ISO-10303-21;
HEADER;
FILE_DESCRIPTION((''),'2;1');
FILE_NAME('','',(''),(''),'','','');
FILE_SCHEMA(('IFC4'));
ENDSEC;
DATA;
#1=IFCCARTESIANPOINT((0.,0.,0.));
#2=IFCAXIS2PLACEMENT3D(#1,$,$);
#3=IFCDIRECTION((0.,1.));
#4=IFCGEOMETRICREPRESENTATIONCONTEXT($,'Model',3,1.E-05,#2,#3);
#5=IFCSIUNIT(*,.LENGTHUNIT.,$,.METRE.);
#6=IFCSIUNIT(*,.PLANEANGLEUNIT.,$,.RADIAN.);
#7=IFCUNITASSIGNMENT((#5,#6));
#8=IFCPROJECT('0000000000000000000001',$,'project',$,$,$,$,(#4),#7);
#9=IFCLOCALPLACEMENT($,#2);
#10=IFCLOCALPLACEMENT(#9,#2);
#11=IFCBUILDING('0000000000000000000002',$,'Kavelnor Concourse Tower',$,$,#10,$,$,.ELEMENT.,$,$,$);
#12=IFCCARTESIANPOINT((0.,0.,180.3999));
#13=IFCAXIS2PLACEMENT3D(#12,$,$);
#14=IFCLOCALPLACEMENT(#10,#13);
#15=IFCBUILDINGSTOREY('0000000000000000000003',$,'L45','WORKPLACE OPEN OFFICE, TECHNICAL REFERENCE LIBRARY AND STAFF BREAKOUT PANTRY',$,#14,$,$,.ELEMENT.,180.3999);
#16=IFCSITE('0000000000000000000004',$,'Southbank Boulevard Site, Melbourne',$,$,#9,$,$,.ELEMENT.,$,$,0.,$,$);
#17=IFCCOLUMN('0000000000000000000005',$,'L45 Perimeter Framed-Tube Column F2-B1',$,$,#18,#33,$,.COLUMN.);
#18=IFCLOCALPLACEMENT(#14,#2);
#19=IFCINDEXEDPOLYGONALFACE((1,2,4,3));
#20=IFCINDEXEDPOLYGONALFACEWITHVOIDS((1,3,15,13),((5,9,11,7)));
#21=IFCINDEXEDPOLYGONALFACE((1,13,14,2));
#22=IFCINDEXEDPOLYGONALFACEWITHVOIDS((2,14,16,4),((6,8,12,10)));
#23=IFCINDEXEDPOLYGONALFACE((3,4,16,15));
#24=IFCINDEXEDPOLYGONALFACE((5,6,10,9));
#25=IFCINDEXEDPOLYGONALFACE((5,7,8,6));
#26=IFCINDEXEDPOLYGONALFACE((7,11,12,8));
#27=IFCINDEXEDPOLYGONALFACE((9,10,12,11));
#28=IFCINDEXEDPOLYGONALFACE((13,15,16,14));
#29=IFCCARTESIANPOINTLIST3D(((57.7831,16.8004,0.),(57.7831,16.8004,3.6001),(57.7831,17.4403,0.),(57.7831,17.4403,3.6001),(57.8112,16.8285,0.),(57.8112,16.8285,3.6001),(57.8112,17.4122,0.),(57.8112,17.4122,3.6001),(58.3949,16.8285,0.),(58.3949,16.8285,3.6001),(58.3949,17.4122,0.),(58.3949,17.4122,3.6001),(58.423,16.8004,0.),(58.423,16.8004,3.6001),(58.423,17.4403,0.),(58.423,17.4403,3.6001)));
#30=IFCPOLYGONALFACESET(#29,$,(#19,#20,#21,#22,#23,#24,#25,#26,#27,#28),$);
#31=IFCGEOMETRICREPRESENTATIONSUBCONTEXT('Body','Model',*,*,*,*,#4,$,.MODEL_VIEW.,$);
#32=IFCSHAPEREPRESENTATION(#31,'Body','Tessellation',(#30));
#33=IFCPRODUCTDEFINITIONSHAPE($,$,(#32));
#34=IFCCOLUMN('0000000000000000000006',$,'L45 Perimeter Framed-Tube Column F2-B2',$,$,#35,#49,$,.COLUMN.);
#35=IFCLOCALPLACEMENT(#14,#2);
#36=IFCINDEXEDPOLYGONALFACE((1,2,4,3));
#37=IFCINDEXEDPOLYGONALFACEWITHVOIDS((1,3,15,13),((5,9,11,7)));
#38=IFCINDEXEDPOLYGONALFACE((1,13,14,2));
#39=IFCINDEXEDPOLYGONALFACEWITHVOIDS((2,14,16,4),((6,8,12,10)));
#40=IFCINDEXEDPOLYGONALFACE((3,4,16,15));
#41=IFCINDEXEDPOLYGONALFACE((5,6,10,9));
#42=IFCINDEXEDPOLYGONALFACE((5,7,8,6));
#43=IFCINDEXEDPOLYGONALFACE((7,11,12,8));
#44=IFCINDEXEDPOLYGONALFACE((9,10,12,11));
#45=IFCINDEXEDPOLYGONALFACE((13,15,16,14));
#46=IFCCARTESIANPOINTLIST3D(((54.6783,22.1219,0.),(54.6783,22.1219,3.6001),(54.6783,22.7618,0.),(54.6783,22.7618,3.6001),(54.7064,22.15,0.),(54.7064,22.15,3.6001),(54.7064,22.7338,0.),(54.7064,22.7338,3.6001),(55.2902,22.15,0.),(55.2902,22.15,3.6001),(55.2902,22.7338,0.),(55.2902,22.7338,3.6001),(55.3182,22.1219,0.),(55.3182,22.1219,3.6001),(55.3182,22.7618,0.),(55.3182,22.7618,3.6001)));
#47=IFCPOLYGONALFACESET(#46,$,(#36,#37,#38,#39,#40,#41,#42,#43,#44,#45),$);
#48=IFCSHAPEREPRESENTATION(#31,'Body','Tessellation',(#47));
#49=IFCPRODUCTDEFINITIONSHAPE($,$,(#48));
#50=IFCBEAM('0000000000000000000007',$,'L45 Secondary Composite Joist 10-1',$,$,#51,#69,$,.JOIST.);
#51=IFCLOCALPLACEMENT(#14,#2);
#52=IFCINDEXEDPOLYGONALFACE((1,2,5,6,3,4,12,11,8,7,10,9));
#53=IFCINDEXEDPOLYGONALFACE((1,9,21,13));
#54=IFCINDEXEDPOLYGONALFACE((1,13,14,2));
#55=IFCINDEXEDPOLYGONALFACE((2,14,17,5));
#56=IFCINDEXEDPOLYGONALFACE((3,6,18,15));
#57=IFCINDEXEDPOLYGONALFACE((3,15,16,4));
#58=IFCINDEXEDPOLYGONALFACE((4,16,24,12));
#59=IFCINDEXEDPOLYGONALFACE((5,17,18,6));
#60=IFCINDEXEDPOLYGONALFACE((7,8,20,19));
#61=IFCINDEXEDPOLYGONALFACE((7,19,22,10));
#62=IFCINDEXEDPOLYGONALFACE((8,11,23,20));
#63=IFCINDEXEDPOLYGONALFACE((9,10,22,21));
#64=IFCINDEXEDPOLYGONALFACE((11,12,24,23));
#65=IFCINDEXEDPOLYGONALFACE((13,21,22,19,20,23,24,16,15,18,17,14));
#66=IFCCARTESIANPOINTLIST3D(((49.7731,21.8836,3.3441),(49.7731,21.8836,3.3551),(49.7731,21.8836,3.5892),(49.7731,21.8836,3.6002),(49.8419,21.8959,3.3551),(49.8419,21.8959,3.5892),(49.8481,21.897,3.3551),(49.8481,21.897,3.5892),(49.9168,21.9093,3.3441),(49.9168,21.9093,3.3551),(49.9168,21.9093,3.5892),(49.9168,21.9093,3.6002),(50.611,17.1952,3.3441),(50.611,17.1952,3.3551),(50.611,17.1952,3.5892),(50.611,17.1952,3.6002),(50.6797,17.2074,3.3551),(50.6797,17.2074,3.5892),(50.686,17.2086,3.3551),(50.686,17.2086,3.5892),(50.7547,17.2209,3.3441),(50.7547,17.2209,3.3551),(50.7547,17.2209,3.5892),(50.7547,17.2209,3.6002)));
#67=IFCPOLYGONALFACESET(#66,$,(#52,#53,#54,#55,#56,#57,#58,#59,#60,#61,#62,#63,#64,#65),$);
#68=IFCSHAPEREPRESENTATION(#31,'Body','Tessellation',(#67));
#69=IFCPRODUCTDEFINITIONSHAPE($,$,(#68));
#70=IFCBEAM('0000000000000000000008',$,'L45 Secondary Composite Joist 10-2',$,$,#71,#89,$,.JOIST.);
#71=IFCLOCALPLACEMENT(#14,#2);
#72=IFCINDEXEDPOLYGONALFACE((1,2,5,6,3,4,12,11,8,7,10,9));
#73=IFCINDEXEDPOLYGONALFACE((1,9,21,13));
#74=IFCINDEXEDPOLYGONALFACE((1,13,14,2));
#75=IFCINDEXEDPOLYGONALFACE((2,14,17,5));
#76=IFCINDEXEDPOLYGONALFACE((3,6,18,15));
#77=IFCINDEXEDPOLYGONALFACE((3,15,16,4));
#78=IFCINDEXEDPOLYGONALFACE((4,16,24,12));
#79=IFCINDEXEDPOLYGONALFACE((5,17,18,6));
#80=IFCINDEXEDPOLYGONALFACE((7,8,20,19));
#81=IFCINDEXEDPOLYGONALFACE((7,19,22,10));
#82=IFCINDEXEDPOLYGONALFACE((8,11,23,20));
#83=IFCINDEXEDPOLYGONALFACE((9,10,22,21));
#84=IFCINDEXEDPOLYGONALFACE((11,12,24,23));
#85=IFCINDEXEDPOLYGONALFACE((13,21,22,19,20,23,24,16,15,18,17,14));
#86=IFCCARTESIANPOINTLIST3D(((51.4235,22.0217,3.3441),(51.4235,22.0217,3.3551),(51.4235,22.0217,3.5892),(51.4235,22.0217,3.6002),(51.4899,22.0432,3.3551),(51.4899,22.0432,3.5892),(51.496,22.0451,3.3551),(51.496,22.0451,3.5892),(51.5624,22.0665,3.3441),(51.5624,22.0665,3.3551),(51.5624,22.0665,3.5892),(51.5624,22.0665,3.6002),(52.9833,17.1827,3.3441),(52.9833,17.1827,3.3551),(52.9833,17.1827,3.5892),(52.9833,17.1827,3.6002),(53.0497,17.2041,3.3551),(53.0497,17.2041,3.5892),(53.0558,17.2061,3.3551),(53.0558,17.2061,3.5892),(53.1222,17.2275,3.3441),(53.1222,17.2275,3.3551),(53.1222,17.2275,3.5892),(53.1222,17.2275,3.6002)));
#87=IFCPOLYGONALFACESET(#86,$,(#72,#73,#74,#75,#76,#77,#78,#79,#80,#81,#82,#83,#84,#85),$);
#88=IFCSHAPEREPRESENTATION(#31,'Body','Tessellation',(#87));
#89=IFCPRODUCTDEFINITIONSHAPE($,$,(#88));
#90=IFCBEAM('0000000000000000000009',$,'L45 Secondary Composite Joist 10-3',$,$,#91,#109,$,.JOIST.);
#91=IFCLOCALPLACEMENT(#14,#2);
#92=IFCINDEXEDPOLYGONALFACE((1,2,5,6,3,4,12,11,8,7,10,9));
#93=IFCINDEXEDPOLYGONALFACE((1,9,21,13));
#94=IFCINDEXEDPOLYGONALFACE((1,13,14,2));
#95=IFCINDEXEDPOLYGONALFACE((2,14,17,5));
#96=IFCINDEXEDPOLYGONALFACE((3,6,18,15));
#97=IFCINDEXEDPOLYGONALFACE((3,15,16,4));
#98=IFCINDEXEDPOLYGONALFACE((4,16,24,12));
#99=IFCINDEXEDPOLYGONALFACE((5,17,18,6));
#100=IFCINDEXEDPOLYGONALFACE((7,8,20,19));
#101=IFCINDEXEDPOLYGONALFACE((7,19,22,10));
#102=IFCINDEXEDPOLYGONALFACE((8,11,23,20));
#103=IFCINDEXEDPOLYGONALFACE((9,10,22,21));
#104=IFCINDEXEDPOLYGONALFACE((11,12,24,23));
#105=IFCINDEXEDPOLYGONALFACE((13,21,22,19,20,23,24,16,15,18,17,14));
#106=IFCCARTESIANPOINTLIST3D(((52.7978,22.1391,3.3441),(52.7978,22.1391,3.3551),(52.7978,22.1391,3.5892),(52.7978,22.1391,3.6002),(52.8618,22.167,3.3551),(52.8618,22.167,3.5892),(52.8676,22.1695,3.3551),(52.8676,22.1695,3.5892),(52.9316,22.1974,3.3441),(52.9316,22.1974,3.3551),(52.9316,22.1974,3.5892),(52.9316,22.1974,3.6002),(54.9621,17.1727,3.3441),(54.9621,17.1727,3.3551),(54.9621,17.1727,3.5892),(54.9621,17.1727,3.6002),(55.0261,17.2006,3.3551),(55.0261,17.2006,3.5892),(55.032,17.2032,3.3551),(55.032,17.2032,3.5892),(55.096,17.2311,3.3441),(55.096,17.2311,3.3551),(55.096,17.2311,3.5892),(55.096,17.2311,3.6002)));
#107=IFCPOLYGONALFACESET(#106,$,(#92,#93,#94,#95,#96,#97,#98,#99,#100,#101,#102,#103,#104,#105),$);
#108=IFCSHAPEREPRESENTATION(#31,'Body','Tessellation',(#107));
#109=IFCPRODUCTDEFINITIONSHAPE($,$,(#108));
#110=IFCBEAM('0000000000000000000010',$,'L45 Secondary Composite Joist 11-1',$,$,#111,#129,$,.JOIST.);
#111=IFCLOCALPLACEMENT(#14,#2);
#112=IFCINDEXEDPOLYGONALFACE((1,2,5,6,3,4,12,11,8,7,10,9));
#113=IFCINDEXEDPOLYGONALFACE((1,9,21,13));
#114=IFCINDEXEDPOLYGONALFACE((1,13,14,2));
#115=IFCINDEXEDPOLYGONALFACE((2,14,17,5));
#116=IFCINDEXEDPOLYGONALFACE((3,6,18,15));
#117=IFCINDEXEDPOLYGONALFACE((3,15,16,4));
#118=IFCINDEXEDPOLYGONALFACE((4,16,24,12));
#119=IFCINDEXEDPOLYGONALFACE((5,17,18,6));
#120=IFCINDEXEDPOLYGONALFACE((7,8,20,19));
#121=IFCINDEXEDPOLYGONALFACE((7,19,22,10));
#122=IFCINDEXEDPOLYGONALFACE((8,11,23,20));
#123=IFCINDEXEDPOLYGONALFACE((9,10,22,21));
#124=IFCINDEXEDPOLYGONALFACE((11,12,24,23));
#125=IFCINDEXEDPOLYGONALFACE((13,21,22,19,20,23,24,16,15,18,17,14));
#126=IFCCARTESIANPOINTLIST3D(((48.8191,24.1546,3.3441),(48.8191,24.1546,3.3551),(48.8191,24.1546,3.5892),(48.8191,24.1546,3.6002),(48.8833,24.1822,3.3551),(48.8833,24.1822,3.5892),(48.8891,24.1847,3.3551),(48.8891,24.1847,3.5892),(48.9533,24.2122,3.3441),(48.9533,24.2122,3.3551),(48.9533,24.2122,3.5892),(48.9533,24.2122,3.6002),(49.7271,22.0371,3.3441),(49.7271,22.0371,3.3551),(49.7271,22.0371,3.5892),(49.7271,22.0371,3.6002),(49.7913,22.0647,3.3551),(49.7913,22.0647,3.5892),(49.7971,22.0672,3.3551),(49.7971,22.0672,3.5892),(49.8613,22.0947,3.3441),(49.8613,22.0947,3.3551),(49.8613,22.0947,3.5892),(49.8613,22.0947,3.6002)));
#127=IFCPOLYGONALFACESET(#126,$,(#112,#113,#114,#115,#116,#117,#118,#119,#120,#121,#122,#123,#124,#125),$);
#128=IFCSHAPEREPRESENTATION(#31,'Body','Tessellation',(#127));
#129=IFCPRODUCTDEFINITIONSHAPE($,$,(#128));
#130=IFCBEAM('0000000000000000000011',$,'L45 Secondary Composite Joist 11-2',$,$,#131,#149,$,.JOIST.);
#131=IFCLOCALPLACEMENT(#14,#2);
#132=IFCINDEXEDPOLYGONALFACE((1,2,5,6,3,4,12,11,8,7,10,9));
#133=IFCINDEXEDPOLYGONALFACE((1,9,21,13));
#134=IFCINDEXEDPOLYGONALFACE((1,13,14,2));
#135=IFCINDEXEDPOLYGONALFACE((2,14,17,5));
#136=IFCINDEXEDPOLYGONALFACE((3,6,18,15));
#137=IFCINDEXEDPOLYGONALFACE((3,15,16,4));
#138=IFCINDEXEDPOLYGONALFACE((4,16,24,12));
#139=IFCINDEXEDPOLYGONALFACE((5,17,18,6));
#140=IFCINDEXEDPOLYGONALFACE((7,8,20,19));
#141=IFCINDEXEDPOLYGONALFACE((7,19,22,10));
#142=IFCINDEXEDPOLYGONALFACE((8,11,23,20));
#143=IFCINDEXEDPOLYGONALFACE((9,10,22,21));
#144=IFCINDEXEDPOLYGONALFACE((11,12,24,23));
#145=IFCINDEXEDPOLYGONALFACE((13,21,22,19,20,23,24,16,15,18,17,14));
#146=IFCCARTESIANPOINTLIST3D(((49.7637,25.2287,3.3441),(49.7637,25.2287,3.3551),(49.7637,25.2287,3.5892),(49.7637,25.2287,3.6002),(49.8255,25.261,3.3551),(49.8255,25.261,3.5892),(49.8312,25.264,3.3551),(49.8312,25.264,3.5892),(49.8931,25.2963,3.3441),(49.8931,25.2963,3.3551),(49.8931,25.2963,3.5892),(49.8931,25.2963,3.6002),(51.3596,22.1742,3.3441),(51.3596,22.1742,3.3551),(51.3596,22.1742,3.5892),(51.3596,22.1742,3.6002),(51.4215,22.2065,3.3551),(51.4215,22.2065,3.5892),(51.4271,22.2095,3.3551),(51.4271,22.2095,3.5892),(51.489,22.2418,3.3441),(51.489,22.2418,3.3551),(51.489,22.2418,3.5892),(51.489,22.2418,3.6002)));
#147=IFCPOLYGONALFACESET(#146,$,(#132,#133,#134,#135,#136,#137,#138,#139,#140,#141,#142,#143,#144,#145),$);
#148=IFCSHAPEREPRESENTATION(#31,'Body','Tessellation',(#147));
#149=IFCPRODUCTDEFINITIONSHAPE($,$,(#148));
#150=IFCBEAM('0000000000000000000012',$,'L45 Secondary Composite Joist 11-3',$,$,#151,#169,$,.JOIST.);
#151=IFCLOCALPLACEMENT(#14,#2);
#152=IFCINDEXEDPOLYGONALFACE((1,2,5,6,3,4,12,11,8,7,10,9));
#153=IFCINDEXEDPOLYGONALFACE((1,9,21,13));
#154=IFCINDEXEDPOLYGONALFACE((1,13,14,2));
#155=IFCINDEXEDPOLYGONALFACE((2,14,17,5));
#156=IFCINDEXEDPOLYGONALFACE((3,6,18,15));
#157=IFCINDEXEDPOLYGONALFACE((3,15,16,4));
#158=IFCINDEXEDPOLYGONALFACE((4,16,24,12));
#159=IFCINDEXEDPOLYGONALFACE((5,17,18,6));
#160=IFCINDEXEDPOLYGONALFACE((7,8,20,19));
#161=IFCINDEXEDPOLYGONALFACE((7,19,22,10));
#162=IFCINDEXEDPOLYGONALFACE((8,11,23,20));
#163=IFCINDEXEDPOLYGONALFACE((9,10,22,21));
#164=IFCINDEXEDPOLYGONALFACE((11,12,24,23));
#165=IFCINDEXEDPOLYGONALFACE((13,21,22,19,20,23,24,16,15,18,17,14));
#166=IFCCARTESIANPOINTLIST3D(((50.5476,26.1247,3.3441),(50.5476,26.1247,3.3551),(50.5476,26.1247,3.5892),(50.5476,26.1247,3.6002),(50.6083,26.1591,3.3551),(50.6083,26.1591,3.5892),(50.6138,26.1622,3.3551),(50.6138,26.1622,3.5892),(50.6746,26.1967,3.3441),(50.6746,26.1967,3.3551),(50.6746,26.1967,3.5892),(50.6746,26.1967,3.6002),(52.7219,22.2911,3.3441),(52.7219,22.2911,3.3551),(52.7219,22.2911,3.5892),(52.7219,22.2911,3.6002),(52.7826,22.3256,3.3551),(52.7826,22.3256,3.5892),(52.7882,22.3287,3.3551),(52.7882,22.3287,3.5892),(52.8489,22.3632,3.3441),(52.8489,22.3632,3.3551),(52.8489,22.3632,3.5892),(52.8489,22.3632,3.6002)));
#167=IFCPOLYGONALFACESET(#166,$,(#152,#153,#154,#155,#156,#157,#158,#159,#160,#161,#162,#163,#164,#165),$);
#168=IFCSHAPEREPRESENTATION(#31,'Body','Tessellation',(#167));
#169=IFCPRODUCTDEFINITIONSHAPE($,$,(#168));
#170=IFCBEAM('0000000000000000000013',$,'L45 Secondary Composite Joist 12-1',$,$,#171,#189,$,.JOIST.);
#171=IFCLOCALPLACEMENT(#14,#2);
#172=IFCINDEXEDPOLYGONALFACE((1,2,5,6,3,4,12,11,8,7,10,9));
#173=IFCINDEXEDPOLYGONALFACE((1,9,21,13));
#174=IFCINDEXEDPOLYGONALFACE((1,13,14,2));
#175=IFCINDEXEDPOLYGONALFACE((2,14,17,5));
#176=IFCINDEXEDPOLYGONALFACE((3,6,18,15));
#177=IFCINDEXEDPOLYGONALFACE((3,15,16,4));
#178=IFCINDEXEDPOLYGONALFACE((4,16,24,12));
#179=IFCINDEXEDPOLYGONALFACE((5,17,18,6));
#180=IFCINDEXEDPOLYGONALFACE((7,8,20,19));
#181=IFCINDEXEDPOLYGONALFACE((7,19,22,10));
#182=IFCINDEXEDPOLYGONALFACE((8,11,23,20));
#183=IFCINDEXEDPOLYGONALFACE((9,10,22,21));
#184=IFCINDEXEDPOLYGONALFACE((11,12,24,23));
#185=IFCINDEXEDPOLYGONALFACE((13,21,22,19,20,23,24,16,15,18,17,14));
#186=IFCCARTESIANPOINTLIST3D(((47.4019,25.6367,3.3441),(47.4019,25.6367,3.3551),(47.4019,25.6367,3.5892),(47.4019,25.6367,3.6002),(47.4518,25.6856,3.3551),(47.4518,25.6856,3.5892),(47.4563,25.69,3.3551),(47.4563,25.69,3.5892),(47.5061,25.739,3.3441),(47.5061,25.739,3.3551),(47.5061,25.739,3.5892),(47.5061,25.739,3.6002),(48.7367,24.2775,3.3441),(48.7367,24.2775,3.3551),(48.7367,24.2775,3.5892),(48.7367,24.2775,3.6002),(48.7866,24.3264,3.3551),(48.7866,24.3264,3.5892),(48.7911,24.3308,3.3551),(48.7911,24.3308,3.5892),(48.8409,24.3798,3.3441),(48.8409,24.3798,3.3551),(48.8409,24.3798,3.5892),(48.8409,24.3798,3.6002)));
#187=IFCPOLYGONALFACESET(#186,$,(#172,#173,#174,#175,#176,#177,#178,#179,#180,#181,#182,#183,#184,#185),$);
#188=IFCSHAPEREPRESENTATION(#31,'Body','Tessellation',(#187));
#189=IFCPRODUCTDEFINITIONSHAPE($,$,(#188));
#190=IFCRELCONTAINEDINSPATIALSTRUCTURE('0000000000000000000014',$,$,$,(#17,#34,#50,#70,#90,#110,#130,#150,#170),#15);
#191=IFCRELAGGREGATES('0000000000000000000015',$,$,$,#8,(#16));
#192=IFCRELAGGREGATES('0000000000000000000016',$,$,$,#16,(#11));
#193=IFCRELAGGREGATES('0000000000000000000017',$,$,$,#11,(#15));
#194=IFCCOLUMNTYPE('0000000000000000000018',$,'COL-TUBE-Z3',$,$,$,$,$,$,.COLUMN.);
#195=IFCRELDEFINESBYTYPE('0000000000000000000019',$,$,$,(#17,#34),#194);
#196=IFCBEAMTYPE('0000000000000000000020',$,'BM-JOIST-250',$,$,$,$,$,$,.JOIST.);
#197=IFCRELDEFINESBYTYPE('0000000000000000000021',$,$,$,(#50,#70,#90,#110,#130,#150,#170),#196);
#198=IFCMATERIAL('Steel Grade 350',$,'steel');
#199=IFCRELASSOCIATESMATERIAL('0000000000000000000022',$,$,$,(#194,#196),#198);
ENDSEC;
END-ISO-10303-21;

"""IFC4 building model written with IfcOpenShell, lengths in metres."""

from ifc_helpers import new_model, si_unit, direction, frame, origin, origin_2d, place, context, subcontext, project, spatial, hollow_rectangle, i_section, extrude, material, material_profile, profile_set, type_object, element, save


model = new_model("IFC4")

# Units and contexts
model_context = context("Model", 3, precision=1e-05, world=origin(), true_north=direction((0.0, 1.0)))
body_context = subcontext(model_context, "Body", "Model", "MODEL_VIEW")
ifc_project = project(units=[si_unit("LENGTHUNIT", "METRE"), si_unit("PLANEANGLEUNIT", "RADIAN")], contexts=[model_context])

# Site, building, storey
site_placement = place(None, origin())
site = spatial("IfcSite", under=ifc_project, at=site_placement, Name="Southbank Boulevard Site, Melbourne", CompositionType="ELEMENT", RefElevation=0.0)
building_placement = place(site_placement, origin())
building = spatial("IfcBuilding", under=site, at=building_placement, Name="Kavelnor Concourse Tower", CompositionType="ELEMENT")
storey_placement = place(building_placement, frame((0.0, 0.0, 180.3999)))
storey = spatial("IfcBuildingStorey", under=building, at=storey_placement, Name="L45", Description="WORKPLACE OPEN OFFICE, TECHNICAL REFERENCE LIBRARY AND STAFF BREAKOUT PANTRY", CompositionType="ELEMENT", Elevation=180.3999)

# Columns
ifc_material_1 = material(Name="Steel Grade 350", Category="steel")
ifc_material_profile_1 = material_profile(ifc_material_1, hollow_rectangle(XDim=0.6399, YDim=0.6399, WallThickness=0.0281, at=origin_2d()), Name="SHS 640x640x28")
ifc_profile_set_1 = profile_set([ifc_material_profile_1], Name="Steel Grade 350")
column_type = type_object("IfcColumnType", Name="COL-TUBE-Z3", PredefinedType="COLUMN", material=ifc_profile_set_1)
for number, where, z_axis, x_axis, name in (
    (1, (58.103, 17.1204, 0.0), (0.0, 0.0, 1.0), (1.0, 0.0, 0.0), "L45 Perimeter Framed-Tube Column F2-B1"),
    (2, (54.9983, 22.4419, 0.0), (0.0, 0.0, 1.0), (1.0, 0.0, 0.0), "L45 Perimeter Framed-Tube Column F2-B2"),
):
    element("IfcColumn", number, at=place(storey_placement, frame(where, z_axis=z_axis, x_axis=x_axis)), inside=storey, type_object=column_type, Name=name, PredefinedType="COLUMN", context=body_context, shape_type="SweptSolid", body=[
        extrude(hollow_rectangle(XDim=0.6399, YDim=0.6399, WallThickness=0.0281, at=origin_2d()), origin(), (0.0, 0.0, 1.0), 3.6001),
    ])

# Beams
ifc_material_profile_2 = material_profile(ifc_material_1, i_section(OverallWidth=0.146, OverallDepth=0.2561, WebThickness=0.0063, FlangeThickness=0.011, at=origin_2d()), Name="250UB37")
ifc_profile_set_2 = profile_set([ifc_material_profile_2], Name="Steel Grade 350")
beam_type_1 = type_object("IfcBeamType", Name="BM-JOIST-250", PredefinedType="JOIST", material=ifc_profile_set_2)
beam_1_placement = place(storey_placement, frame((50.6829, 17.208, 3.4722), z_axis=(-0.175925, 0.984403, 0.0), x_axis=(-0.984403, -0.175925, 0.0)))
element("IfcBeam", 3, at=beam_1_placement, inside=storey, type_object=beam_type_1, Name="L45 Secondary Composite Joist 10-1", PredefinedType="JOIST", context=body_context, shape_type="SweptSolid", body=[
    extrude(i_section(OverallWidth=0.146, OverallDepth=0.2561, WebThickness=0.0063, FlangeThickness=0.011, at=origin_2d()), origin(), (0.0, 0.0, 1.0), 4.7627),
])
beam_2_placement = place(storey_placement, frame((53.0527, 17.2051, 3.4722), z_axis=(-0.306791, 0.951777, 0.0), x_axis=(-0.951777, -0.306791, 0.0)))
element("IfcBeam", 4, at=beam_2_placement, inside=storey, type_object=beam_type_1, Name="L45 Secondary Composite Joist 10-2", PredefinedType="JOIST", context=body_context, shape_type="SweptSolid", body=[
    extrude(i_section(OverallWidth=0.146, OverallDepth=0.2561, WebThickness=0.0063, FlangeThickness=0.011, at=origin_2d()), origin(), (0.0, 0.0, 1.0), 5.0842),
])
beam_3_placement = place(storey_placement, frame((55.0291, 17.2019, 3.4722), z_axis=(-0.399509, 0.916729, 0.0), x_axis=(-0.916729, -0.399509, 0.0)))
element("IfcBeam", 5, at=beam_3_placement, inside=storey, type_object=beam_type_1, Name="L45 Secondary Composite Joist 10-3", PredefinedType="JOIST", context=body_context, shape_type="SweptSolid", body=[
    extrude(i_section(OverallWidth=0.146, OverallDepth=0.2561, WebThickness=0.0063, FlangeThickness=0.011, at=origin_2d()), origin(), (0.0, 0.0, 1.0), 5.4175),
])
beam_4_placement = place(storey_placement, frame((49.7942, 22.0659, 3.4722), z_axis=(-0.394098, 0.919068, 0.0), x_axis=(-0.919068, -0.394098, 0.0)))
element("IfcBeam", 6, at=beam_4_placement, inside=storey, type_object=beam_type_1, Name="L45 Secondary Composite Joist 11-1", PredefinedType="JOIST", context=body_context, shape_type="SweptSolid", body=[
    extrude(i_section(OverallWidth=0.146, OverallDepth=0.2561, WebThickness=0.0063, FlangeThickness=0.011, at=origin_2d()), origin(), (0.0, 0.0, 1.0), 2.304),
])
beam_5_placement = place(storey_placement, frame((51.4243, 22.208, 3.4722), z_axis=(-0.463096, 0.886308, 0.0), x_axis=(-0.886308, -0.463096, 0.0)))
element("IfcBeam", 7, at=beam_5_placement, inside=storey, type_object=beam_type_1, Name="L45 Secondary Composite Joist 11-2", PredefinedType="JOIST", context=body_context, shape_type="SweptSolid", body=[
    extrude(i_section(OverallWidth=0.146, OverallDepth=0.2561, WebThickness=0.0063, FlangeThickness=0.011, at=origin_2d()), origin(), (0.0, 0.0, 1.0), 3.4463),
])
beam_6_placement = place(storey_placement, frame((52.7854, 22.3271, 3.4722), z_axis=(-0.493356, 0.869827, 0.0), x_axis=(-0.869827, -0.493356, 0.0)))
element("IfcBeam", 8, at=beam_6_placement, inside=storey, type_object=beam_type_1, Name="L45 Secondary Composite Joist 11-3", PredefinedType="JOIST", context=body_context, shape_type="SweptSolid", body=[
    extrude(i_section(OverallWidth=0.146, OverallDepth=0.2561, WebThickness=0.0063, FlangeThickness=0.011, at=origin_2d()), origin(), (0.0, 0.0, 1.0), 4.4072),
])
beam_7_placement = place(storey_placement, frame((48.7888, 24.3286, 3.4722), z_axis=(-0.70067, 0.713486, 0.0), x_axis=(-0.713486, -0.70067, 0.0)))
element("IfcBeam", 9, at=beam_7_placement, inside=storey, type_object=beam_type_1, Name="L45 Secondary Composite Joist 12-1", PredefinedType="JOIST", context=body_context, shape_type="SweptSolid", body=[
    extrude(i_section(OverallWidth=0.146, OverallDepth=0.2561, WebThickness=0.0063, FlangeThickness=0.011, at=origin_2d()), origin(), (0.0, 0.0, 1.0), 1.905),
])

save(model, "model.ifc")
